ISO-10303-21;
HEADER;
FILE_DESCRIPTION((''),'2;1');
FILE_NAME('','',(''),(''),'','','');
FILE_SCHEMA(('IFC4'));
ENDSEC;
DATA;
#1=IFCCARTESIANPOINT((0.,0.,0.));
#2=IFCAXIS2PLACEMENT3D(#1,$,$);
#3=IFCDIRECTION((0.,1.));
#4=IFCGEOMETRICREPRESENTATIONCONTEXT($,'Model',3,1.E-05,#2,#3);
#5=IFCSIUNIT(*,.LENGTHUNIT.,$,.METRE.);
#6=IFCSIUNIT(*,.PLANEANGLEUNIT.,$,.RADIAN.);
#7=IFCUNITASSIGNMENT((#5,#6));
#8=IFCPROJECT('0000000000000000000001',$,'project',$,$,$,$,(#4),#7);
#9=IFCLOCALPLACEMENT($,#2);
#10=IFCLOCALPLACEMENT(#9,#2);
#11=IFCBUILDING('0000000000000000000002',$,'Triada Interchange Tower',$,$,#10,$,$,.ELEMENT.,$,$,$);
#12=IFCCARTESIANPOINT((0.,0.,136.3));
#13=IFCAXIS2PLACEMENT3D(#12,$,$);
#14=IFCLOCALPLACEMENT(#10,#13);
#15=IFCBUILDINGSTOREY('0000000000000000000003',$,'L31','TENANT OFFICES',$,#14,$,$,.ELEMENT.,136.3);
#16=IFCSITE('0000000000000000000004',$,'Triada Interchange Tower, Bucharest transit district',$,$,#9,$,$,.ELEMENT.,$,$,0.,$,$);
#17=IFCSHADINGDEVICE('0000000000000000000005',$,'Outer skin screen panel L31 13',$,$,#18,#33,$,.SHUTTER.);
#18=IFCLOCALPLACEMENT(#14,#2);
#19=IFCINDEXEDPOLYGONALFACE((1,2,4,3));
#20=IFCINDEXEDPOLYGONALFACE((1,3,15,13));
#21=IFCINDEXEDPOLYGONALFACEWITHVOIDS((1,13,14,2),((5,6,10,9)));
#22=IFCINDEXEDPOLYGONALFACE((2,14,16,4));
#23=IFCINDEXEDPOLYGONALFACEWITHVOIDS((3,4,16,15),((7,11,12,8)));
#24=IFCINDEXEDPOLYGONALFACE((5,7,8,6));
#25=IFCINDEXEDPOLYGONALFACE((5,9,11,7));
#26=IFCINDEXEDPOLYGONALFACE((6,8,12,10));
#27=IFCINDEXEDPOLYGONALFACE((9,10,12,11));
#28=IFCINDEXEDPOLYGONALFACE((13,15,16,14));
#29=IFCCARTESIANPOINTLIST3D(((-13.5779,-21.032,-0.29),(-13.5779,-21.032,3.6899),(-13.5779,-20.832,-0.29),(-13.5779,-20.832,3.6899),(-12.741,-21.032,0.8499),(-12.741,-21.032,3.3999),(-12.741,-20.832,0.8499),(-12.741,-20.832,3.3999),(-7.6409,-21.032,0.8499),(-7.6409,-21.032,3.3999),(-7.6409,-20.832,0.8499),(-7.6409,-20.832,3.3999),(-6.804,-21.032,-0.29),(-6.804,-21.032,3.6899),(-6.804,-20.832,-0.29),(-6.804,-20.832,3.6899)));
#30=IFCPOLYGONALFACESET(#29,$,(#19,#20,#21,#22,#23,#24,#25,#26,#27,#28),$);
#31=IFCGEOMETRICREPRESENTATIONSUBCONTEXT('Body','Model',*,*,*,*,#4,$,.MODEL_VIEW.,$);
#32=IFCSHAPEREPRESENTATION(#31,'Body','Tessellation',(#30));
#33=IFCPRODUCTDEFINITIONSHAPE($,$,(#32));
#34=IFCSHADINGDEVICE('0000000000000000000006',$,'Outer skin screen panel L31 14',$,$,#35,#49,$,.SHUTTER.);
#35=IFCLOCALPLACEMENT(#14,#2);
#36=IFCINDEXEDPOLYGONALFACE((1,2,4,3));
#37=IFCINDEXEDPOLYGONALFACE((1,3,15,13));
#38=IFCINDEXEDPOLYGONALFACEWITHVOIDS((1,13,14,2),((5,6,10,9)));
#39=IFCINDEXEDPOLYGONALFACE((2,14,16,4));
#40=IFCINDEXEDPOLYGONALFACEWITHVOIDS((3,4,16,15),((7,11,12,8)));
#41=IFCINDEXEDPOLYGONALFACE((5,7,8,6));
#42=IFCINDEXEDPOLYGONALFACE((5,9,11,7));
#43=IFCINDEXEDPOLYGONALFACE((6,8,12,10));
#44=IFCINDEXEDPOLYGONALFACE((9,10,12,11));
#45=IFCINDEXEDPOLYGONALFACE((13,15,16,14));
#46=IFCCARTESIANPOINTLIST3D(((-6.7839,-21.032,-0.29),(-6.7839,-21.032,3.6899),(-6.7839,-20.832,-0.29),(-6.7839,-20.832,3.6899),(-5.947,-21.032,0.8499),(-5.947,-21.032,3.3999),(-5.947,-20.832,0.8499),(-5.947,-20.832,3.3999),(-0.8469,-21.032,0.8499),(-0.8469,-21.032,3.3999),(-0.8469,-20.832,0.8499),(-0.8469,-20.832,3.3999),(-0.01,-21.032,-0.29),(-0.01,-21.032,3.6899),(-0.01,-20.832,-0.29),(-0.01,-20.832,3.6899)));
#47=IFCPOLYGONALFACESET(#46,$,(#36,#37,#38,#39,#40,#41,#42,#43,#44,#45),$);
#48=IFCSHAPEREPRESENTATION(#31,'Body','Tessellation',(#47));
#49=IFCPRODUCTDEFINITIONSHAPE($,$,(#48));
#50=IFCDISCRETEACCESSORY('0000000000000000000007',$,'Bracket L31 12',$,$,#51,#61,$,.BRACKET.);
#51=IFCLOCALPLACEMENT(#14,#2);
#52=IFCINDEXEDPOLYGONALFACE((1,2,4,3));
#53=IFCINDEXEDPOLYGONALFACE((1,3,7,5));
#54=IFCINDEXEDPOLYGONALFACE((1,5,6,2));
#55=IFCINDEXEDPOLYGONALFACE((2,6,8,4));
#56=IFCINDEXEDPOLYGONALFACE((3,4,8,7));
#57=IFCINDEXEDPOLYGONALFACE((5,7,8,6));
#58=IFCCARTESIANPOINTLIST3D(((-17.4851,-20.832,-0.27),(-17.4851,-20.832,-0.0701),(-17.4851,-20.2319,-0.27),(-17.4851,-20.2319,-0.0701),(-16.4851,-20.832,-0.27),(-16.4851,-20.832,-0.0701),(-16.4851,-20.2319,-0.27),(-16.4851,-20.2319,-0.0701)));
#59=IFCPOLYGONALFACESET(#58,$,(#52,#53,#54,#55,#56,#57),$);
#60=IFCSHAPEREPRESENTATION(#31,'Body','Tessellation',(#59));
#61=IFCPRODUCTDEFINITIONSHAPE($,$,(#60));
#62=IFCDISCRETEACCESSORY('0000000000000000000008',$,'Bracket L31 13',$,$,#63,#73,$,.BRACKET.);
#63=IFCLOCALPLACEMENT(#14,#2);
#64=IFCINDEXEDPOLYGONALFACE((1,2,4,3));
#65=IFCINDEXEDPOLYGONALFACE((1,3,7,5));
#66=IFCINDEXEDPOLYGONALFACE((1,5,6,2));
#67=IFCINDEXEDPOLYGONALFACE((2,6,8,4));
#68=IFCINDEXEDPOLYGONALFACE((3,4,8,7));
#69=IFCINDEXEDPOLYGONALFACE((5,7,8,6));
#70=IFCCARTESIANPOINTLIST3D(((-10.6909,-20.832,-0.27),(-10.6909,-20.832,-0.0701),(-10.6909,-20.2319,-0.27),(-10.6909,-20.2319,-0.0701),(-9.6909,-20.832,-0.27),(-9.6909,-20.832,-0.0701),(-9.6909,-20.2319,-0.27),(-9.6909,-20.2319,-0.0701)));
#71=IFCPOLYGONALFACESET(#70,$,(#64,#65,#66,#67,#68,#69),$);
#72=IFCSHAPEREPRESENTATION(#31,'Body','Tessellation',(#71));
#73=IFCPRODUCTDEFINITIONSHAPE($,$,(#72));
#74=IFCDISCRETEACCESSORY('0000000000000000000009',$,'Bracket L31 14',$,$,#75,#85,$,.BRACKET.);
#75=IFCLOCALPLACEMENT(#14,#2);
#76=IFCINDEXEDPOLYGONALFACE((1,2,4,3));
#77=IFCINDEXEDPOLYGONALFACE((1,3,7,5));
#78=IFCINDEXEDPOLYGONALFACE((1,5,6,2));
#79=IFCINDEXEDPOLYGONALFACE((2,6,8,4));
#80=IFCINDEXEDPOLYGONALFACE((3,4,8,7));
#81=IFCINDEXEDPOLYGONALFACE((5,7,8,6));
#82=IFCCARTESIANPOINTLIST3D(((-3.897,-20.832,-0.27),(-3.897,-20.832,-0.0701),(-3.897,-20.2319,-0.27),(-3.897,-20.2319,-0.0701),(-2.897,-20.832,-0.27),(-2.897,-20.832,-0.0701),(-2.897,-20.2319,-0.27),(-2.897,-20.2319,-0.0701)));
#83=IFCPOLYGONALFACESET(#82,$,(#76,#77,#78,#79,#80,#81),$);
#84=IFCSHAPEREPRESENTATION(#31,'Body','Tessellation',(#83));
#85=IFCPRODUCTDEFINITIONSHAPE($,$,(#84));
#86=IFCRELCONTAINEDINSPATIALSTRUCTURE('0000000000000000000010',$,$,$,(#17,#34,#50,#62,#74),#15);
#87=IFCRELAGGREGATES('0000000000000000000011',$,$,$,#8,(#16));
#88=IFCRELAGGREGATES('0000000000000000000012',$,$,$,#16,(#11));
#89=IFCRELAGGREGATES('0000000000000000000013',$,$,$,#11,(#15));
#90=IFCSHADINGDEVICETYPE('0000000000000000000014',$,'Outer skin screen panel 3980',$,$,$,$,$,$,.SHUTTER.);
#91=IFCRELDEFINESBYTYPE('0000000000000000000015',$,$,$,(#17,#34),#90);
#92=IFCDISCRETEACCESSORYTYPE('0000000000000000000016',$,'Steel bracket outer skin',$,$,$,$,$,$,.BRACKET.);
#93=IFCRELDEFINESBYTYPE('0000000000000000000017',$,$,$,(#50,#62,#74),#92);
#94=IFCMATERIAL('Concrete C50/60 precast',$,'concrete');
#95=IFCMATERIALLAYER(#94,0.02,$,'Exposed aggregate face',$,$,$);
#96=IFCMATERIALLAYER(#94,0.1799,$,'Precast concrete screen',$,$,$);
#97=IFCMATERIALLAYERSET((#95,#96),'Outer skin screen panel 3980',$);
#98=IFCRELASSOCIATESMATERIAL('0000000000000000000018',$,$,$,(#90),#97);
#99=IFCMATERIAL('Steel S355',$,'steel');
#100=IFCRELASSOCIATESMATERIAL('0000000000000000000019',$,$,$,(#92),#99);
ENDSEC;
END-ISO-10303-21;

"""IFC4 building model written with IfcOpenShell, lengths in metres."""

from ifc_helpers import new_model, si_unit, direction, frame, origin, origin_2d, place, context, subcontext, project, spatial, polyline, rectangle, outline, extrude, material, layer, layer_set, type_object, element, save


model = new_model("IFC4")

# Units and contexts
model_context = context("Model", 3, precision=1e-05, world=origin(), true_north=direction((0.0, 1.0)))
body_context = subcontext(model_context, "Body", "Model", "MODEL_VIEW")
ifc_project = project(units=[si_unit("LENGTHUNIT", "METRE"), si_unit("PLANEANGLEUNIT", "RADIAN")], contexts=[model_context])

# Site, building, storey
site_placement = place(None, origin())
site = spatial("IfcSite", under=ifc_project, at=site_placement, Name="Triada Interchange Tower, Bucharest transit district", CompositionType="ELEMENT", RefElevation=0.0)
building_placement = place(site_placement, origin())
building = spatial("IfcBuilding", under=site, at=building_placement, Name="Triada Interchange Tower", CompositionType="ELEMENT")
storey_placement = place(building_placement, frame((0.0, 0.0, 136.3)))
storey = spatial("IfcBuildingStorey", under=building, at=storey_placement, Name="L31", Description="TENANT OFFICES", CompositionType="ELEMENT", Elevation=136.3)

# Shading devices
ifc_material_1 = material(Name="Concrete C50/60 precast", Category="concrete")
ifc_layer_1 = layer(ifc_material_1, 0.02, Name="Exposed aggregate face")
ifc_layer_2 = layer(ifc_material_1, 0.1799, Name="Precast concrete screen")
ifc_layer_set_1 = layer_set([ifc_layer_1, ifc_layer_2], Name="Outer skin screen panel 3980")
shading_device_type = type_object("IfcShadingDeviceType", Name="Outer skin screen panel 3980", PredefinedType="SHUTTER", material=ifc_layer_set_1)
for number, where, z_axis, x_axis, name in (
    (1, (-13.5779, -20.832, -0.29), (0.0, 0.0, 1.0), (1.0, 0.0, 0.0), "Outer skin screen panel L31 13"),
    (2, (-6.7839, -20.832, -0.29), (0.0, 0.0, 1.0), (1.0, 0.0, 0.0), "Outer skin screen panel L31 14"),
):
    element("IfcShadingDevice", number, at=place(storey_placement, frame(where, z_axis=z_axis, x_axis=x_axis)), inside=storey, type_object=shading_device_type, Name=name, PredefinedType="SHUTTER", context=body_context, shape_type="SweptSolid", body=[
        extrude(outline(polyline([(0.0, 0.0), (6.7739, 0.0), (6.7739, 3.98), (0.0, 3.98), (0.0, 0.0)]), holes=[polyline([(0.8369, 1.1399), (0.8369, 3.6899), (5.937, 3.6899), (5.937, 1.1399), (0.8369, 1.1399)])]), frame((0.0, 0.0, 0.0), z_axis=(0.0, -1.0, 0.0), x_axis=(1.0, 0.0, 0.0)), (0.0, 0.0, 1.0), 0.2),
    ])

# Discrete accessories
ifc_material_2 = material(Name="Steel S355", Category="steel")
discrete_accessory_type = type_object("IfcDiscreteAccessoryType", Name="Steel bracket outer skin", PredefinedType="BRACKET", material=ifc_material_2)
for number, where, z_axis, x_axis, name in (
    (3, (-16.9851, -20.532, -0.27), (0.0, 0.0, 1.0), (0.0, -1.0, 0.0), "Bracket L31 12"),
    (4, (-10.1909, -20.532, -0.27), (0.0, 0.0, 1.0), (0.0, -1.0, 0.0), "Bracket L31 13"),
    (5, (-3.397, -20.532, -0.27), (0.0, 0.0, 1.0), (0.0, -1.0, 0.0), "Bracket L31 14"),
):
    element("IfcDiscreteAccessory", number, at=place(storey_placement, frame(where, z_axis=z_axis, x_axis=x_axis)), inside=storey, type_object=discrete_accessory_type, Name=name, PredefinedType="BRACKET", context=body_context, shape_type="SweptSolid", body=[
        extrude(rectangle(XDim=0.6001, YDim=1.0, at=origin_2d()), origin(), (0.0, 0.0, 1.0), 0.2),
    ])

save(model, "model.ifc")
